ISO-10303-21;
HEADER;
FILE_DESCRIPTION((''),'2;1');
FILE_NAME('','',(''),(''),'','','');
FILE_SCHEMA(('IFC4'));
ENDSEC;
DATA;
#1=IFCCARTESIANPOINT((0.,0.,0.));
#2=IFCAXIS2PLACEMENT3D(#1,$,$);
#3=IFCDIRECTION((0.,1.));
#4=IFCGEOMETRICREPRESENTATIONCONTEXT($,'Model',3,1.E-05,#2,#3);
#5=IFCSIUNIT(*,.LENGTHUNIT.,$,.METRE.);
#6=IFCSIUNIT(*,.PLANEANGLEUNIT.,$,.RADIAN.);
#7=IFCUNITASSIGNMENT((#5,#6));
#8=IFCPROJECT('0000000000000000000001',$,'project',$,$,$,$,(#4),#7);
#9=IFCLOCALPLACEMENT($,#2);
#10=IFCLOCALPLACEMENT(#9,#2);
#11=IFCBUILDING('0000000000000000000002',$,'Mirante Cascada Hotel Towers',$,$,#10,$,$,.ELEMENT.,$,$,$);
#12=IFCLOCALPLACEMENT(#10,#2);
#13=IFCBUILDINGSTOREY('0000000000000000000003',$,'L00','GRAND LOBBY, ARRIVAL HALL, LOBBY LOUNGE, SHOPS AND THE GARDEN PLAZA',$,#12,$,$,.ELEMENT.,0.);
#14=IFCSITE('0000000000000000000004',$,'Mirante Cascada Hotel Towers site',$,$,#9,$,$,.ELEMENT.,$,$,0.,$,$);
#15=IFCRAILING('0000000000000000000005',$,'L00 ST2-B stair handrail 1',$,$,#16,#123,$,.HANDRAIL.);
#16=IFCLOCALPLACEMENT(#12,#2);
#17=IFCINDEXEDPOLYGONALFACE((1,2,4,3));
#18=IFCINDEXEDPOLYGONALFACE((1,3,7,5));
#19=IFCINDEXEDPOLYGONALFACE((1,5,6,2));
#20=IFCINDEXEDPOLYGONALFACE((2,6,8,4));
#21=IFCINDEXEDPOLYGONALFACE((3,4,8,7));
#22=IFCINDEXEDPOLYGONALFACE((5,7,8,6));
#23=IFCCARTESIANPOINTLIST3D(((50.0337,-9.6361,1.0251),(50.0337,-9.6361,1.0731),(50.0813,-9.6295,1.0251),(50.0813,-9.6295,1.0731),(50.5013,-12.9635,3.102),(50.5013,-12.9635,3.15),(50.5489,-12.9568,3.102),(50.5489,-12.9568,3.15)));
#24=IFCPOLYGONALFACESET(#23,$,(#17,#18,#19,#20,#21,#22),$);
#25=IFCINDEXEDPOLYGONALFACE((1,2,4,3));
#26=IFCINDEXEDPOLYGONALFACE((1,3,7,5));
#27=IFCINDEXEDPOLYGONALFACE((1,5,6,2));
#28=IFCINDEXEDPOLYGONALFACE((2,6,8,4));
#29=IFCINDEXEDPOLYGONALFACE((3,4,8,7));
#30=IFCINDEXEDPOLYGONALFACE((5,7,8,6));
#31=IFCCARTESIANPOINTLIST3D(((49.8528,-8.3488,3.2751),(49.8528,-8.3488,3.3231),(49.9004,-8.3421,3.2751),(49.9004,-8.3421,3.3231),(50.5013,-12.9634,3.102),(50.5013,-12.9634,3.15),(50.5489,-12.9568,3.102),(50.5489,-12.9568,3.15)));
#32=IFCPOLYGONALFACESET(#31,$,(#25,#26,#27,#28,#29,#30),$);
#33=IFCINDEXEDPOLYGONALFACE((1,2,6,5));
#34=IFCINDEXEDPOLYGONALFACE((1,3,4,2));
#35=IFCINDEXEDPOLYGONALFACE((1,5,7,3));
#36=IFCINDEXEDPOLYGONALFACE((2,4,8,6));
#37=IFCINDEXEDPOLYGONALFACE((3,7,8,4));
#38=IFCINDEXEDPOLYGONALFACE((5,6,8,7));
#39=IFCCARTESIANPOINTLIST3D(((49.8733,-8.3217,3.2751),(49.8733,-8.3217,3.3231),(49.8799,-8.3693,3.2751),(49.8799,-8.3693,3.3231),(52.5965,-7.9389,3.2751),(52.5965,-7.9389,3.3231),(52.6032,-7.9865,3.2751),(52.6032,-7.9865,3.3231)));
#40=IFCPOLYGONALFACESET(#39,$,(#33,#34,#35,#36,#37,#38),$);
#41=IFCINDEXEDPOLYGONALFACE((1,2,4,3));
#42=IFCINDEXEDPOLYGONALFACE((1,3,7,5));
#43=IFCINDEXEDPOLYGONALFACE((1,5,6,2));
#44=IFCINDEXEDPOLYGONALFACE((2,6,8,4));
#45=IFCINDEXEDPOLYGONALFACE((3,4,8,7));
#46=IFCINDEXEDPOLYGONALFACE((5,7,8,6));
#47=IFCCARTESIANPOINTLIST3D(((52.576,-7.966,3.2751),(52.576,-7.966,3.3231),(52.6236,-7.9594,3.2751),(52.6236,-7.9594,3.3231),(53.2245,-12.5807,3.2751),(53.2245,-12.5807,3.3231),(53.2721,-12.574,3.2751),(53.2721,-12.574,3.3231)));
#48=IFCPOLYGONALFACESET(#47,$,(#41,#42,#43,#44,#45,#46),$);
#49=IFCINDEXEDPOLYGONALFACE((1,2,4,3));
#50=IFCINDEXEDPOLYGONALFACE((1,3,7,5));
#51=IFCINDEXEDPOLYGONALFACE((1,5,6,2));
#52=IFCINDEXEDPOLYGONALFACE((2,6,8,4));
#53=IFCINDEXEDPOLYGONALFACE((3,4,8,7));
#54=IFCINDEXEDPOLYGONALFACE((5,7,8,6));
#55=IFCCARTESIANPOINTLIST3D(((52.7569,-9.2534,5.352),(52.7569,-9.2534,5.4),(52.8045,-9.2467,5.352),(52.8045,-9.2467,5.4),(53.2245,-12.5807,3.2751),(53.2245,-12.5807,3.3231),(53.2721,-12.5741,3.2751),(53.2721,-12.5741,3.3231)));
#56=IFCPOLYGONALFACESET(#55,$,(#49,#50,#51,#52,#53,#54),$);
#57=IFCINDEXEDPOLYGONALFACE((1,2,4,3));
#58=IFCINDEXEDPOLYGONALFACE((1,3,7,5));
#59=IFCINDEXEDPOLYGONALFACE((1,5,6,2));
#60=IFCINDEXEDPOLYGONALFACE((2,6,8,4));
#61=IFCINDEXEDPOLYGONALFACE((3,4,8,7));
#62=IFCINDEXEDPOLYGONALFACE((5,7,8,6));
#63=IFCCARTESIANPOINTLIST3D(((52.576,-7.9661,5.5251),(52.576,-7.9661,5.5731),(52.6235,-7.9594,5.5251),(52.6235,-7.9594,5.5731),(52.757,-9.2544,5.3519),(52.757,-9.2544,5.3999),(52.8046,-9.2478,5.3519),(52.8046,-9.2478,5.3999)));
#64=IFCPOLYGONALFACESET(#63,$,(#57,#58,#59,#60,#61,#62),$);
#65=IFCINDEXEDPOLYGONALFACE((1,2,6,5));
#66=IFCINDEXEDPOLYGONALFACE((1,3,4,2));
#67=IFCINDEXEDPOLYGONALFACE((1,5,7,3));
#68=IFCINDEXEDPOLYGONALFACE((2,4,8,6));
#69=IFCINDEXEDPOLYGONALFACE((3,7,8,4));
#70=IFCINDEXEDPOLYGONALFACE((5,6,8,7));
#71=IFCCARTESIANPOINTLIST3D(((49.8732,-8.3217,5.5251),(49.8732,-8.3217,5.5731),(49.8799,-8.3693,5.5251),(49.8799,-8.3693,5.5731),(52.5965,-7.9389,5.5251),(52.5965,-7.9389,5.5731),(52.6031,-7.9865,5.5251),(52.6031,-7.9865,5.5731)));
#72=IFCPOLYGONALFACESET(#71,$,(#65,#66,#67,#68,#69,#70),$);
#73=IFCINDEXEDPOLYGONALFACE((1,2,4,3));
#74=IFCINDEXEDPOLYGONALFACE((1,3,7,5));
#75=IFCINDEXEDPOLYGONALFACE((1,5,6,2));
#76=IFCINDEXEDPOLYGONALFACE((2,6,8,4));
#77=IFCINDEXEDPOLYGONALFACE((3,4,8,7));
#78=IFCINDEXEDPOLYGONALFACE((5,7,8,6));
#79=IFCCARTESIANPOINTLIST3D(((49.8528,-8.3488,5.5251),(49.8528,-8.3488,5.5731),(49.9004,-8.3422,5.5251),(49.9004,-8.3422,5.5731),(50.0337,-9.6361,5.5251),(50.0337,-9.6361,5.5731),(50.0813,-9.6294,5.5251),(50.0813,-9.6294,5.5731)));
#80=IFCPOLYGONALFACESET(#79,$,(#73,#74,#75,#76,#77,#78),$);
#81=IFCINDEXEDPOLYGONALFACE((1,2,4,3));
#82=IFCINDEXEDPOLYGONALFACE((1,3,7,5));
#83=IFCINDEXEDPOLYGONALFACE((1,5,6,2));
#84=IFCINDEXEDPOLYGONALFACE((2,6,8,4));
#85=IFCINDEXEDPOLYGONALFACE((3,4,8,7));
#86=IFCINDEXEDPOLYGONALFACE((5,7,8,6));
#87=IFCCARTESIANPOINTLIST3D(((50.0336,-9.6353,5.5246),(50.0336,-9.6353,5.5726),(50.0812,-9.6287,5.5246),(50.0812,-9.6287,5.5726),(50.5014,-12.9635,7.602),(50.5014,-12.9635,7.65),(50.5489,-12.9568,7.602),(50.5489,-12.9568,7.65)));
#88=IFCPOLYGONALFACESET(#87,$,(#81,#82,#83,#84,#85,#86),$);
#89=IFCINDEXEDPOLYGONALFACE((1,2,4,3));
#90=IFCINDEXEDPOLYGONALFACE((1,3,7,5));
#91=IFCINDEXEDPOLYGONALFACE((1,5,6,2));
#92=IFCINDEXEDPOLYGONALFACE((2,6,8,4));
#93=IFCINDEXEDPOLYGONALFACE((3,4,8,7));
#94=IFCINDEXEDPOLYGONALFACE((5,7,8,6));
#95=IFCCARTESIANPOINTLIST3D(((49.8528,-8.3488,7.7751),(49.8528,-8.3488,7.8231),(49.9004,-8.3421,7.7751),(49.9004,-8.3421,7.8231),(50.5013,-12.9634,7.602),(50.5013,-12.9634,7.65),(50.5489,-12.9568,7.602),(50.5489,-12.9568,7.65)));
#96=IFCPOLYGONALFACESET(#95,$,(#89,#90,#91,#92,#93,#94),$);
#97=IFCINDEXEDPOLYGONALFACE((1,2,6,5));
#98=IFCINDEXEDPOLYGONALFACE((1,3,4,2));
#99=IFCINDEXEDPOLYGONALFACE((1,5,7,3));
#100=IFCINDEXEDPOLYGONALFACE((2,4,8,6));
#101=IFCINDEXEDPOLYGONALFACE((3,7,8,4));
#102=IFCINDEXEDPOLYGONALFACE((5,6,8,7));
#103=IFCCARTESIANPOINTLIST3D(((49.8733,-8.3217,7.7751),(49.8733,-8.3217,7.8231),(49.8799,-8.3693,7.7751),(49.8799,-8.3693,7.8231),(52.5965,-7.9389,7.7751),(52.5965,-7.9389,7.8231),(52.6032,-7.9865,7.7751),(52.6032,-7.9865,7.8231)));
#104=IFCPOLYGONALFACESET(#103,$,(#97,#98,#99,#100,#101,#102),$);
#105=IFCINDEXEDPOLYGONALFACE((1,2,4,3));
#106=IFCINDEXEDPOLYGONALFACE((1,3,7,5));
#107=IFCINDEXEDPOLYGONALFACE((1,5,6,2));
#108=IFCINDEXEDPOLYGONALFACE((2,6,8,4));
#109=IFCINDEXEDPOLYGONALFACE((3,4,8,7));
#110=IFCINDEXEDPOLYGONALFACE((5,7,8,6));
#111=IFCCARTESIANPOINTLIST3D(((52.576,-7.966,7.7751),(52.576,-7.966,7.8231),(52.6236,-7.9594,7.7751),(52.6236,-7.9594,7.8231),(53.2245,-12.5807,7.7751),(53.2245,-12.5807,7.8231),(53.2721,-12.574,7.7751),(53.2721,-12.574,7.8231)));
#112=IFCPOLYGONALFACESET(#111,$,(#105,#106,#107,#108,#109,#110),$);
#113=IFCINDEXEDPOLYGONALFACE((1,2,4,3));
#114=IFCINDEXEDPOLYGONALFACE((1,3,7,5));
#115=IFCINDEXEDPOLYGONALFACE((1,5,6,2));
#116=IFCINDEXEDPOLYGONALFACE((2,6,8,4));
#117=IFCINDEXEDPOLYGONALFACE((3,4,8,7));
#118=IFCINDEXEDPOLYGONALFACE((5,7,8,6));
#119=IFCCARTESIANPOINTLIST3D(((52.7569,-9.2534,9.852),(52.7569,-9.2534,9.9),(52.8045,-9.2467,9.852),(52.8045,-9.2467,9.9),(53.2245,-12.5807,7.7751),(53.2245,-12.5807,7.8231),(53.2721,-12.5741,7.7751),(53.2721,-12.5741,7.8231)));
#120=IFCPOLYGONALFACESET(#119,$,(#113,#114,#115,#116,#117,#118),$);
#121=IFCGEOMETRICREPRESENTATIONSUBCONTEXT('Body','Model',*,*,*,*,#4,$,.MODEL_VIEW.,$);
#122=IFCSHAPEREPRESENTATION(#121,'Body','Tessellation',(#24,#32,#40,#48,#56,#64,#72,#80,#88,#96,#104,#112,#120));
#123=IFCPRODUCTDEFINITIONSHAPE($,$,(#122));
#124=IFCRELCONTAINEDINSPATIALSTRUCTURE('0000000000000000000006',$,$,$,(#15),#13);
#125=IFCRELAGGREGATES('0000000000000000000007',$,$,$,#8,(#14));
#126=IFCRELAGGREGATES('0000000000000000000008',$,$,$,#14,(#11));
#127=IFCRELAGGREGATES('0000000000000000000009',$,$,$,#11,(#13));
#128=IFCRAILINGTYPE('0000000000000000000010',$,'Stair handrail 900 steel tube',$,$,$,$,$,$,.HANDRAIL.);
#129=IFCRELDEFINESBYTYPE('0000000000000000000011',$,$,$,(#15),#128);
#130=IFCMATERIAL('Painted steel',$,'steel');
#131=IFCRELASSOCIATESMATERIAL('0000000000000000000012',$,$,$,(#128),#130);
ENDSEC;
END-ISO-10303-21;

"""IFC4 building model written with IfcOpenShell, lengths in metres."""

from ifc_helpers import new_model, si_unit, direction, frame, origin, origin_2d, place, context, subcontext, project, spatial, rectangle, extrude, material, type_object, element, save


model = new_model("IFC4")

# Units and contexts
model_context = context("Model", 3, precision=1e-05, world=origin(), true_north=direction((0.0, 1.0)))
body_context = subcontext(model_context, "Body", "Model", "MODEL_VIEW")
ifc_project = project(units=[si_unit("LENGTHUNIT", "METRE"), si_unit("PLANEANGLEUNIT", "RADIAN")], contexts=[model_context])

# Site, building, storey
site_placement = place(None, origin())
site = spatial("IfcSite", under=ifc_project, at=site_placement, Name="Mirante Cascada Hotel Towers site", CompositionType="ELEMENT", RefElevation=0.0)
building_placement = place(site_placement, origin())
building = spatial("IfcBuilding", under=site, at=building_placement, Name="Mirante Cascada Hotel Towers", CompositionType="ELEMENT")
storey_placement = place(building_placement, origin())
storey = spatial("IfcBuildingStorey", under=building, at=storey_placement, Name="L00", Description="GRAND LOBBY, ARRIVAL HALL, LOBBY LOUNGE, SHOPS AND THE GARDEN PLAZA", CompositionType="ELEMENT", Elevation=0.0)

# Railing
ifc_material_1 = material(Name="Painted steel", Category="steel")
railing_type = type_object("IfcRailingType", Name="Stair handrail 900 steel tube", PredefinedType="HANDRAIL", material=ifc_material_1)
railing_placement = place(storey_placement, frame((50.0575, -9.6328, 0.1731)))
element("IfcRailing", 1, at=railing_placement, inside=storey, type_object=railing_type, Name="L00 ST2-B stair handrail 1", PredefinedType="HANDRAIL", context=body_context, shape_type="SweptSolid", body=[
    extrude(rectangle(XDim=0.048, YDim=0.048, at=origin_2d()), frame((0.0, 0.0, 0.876), z_axis=(0.139167, -0.990269, 0.0), x_axis=(0.990269, 0.139167, 0.0)), (0.0, 0.525787, 0.850616), 3.9501),
    extrude(rectangle(XDim=0.048, YDim=0.048, at=origin_2d()), frame((0.4676, -3.3273, 2.9529), z_axis=(-0.139165, 0.990269, 0.0), x_axis=(-0.990269, -0.139165, 0.0)), (0.0, 0.037121, 0.999311), 4.6632),
    extrude(rectangle(XDim=0.048, YDim=0.048, at=origin_2d()), frame((-0.1809, 1.2873, 3.126), z_axis=(0.990264, 0.139201, 0.0), x_axis=(-0.139201, 0.990264, 0.0)), (0.0, 0.0, 1.0), 2.75),
    extrude(rectangle(XDim=0.048, YDim=0.048, at=origin_2d()), frame((2.5423, 1.6701, 3.126), z_axis=(0.139162, -0.99027, 0.0), x_axis=(0.99027, 0.139162, 0.0)), (0.0, 0.0, 1.0), 4.66),
    extrude(rectangle(XDim=0.048, YDim=0.048, at=origin_2d()), frame((3.1908, -2.9446, 3.126), z_axis=(-0.139167, 0.990269, 0.0), x_axis=(-0.990269, -0.139167, 0.0)), (0.0, 0.525787, 0.850616), 3.9501),
    extrude(rectangle(XDim=0.048, YDim=0.048, at=origin_2d()), frame((2.7233, 0.3817, 5.2028), z_axis=(-0.139149, 0.990271, 0.0), x_axis=(-0.990271, -0.139149, 0.0)), (0.0, 0.131984, 0.991252), 1.3125),
    extrude(rectangle(XDim=0.048, YDim=0.048, at=origin_2d()), frame((2.5423, 1.6701, 5.376), z_axis=(-0.990264, -0.139201, 0.0), x_axis=(0.139201, -0.990264, 0.0)), (0.0, 0.0, 1.0), 2.75),
    extrude(rectangle(XDim=0.048, YDim=0.048, at=origin_2d()), frame((-0.1809, 1.2873, 5.376), z_axis=(0.139159, -0.99027, 0.0), x_axis=(0.99027, 0.139159, 0.0)), (0.0, 0.0, 1.0), 1.2999),
    extrude(rectangle(XDim=0.048, YDim=0.048, at=origin_2d()), frame((-0.0001, 0.0008, 5.3755), z_axis=(0.139167, -0.990269, 0.0), x_axis=(0.990269, 0.139167, 0.0)), (0.0, 0.525787, 0.850616), 3.9511),
    extrude(rectangle(XDim=0.048, YDim=0.048, at=origin_2d()), frame((0.4676, -3.3273, 7.4529), z_axis=(-0.139165, 0.990269, 0.0), x_axis=(-0.990269, -0.139165, 0.0)), (0.0, 0.037121, 0.999311), 4.6632),
    extrude(rectangle(XDim=0.048, YDim=0.048, at=origin_2d()), frame((-0.1809, 1.2873, 7.626), z_axis=(0.990264, 0.139201, 0.0), x_axis=(-0.139201, 0.990264, 0.0)), (0.0, 0.0, 1.0), 2.75),
    extrude(rectangle(XDim=0.048, YDim=0.048, at=origin_2d()), frame((2.5423, 1.6701, 7.626), z_axis=(0.139162, -0.99027, 0.0), x_axis=(0.99027, 0.139162, 0.0)), (0.0, 0.0, 1.0), 4.66),
    extrude(rectangle(XDim=0.048, YDim=0.048, at=origin_2d()), frame((3.1908, -2.9446, 7.626), z_axis=(-0.139167, 0.990269, 0.0), x_axis=(-0.990269, -0.139167, 0.0)), (0.0, 0.525787, 0.850616), 3.9501),
])

save(model, "model.ifc")
